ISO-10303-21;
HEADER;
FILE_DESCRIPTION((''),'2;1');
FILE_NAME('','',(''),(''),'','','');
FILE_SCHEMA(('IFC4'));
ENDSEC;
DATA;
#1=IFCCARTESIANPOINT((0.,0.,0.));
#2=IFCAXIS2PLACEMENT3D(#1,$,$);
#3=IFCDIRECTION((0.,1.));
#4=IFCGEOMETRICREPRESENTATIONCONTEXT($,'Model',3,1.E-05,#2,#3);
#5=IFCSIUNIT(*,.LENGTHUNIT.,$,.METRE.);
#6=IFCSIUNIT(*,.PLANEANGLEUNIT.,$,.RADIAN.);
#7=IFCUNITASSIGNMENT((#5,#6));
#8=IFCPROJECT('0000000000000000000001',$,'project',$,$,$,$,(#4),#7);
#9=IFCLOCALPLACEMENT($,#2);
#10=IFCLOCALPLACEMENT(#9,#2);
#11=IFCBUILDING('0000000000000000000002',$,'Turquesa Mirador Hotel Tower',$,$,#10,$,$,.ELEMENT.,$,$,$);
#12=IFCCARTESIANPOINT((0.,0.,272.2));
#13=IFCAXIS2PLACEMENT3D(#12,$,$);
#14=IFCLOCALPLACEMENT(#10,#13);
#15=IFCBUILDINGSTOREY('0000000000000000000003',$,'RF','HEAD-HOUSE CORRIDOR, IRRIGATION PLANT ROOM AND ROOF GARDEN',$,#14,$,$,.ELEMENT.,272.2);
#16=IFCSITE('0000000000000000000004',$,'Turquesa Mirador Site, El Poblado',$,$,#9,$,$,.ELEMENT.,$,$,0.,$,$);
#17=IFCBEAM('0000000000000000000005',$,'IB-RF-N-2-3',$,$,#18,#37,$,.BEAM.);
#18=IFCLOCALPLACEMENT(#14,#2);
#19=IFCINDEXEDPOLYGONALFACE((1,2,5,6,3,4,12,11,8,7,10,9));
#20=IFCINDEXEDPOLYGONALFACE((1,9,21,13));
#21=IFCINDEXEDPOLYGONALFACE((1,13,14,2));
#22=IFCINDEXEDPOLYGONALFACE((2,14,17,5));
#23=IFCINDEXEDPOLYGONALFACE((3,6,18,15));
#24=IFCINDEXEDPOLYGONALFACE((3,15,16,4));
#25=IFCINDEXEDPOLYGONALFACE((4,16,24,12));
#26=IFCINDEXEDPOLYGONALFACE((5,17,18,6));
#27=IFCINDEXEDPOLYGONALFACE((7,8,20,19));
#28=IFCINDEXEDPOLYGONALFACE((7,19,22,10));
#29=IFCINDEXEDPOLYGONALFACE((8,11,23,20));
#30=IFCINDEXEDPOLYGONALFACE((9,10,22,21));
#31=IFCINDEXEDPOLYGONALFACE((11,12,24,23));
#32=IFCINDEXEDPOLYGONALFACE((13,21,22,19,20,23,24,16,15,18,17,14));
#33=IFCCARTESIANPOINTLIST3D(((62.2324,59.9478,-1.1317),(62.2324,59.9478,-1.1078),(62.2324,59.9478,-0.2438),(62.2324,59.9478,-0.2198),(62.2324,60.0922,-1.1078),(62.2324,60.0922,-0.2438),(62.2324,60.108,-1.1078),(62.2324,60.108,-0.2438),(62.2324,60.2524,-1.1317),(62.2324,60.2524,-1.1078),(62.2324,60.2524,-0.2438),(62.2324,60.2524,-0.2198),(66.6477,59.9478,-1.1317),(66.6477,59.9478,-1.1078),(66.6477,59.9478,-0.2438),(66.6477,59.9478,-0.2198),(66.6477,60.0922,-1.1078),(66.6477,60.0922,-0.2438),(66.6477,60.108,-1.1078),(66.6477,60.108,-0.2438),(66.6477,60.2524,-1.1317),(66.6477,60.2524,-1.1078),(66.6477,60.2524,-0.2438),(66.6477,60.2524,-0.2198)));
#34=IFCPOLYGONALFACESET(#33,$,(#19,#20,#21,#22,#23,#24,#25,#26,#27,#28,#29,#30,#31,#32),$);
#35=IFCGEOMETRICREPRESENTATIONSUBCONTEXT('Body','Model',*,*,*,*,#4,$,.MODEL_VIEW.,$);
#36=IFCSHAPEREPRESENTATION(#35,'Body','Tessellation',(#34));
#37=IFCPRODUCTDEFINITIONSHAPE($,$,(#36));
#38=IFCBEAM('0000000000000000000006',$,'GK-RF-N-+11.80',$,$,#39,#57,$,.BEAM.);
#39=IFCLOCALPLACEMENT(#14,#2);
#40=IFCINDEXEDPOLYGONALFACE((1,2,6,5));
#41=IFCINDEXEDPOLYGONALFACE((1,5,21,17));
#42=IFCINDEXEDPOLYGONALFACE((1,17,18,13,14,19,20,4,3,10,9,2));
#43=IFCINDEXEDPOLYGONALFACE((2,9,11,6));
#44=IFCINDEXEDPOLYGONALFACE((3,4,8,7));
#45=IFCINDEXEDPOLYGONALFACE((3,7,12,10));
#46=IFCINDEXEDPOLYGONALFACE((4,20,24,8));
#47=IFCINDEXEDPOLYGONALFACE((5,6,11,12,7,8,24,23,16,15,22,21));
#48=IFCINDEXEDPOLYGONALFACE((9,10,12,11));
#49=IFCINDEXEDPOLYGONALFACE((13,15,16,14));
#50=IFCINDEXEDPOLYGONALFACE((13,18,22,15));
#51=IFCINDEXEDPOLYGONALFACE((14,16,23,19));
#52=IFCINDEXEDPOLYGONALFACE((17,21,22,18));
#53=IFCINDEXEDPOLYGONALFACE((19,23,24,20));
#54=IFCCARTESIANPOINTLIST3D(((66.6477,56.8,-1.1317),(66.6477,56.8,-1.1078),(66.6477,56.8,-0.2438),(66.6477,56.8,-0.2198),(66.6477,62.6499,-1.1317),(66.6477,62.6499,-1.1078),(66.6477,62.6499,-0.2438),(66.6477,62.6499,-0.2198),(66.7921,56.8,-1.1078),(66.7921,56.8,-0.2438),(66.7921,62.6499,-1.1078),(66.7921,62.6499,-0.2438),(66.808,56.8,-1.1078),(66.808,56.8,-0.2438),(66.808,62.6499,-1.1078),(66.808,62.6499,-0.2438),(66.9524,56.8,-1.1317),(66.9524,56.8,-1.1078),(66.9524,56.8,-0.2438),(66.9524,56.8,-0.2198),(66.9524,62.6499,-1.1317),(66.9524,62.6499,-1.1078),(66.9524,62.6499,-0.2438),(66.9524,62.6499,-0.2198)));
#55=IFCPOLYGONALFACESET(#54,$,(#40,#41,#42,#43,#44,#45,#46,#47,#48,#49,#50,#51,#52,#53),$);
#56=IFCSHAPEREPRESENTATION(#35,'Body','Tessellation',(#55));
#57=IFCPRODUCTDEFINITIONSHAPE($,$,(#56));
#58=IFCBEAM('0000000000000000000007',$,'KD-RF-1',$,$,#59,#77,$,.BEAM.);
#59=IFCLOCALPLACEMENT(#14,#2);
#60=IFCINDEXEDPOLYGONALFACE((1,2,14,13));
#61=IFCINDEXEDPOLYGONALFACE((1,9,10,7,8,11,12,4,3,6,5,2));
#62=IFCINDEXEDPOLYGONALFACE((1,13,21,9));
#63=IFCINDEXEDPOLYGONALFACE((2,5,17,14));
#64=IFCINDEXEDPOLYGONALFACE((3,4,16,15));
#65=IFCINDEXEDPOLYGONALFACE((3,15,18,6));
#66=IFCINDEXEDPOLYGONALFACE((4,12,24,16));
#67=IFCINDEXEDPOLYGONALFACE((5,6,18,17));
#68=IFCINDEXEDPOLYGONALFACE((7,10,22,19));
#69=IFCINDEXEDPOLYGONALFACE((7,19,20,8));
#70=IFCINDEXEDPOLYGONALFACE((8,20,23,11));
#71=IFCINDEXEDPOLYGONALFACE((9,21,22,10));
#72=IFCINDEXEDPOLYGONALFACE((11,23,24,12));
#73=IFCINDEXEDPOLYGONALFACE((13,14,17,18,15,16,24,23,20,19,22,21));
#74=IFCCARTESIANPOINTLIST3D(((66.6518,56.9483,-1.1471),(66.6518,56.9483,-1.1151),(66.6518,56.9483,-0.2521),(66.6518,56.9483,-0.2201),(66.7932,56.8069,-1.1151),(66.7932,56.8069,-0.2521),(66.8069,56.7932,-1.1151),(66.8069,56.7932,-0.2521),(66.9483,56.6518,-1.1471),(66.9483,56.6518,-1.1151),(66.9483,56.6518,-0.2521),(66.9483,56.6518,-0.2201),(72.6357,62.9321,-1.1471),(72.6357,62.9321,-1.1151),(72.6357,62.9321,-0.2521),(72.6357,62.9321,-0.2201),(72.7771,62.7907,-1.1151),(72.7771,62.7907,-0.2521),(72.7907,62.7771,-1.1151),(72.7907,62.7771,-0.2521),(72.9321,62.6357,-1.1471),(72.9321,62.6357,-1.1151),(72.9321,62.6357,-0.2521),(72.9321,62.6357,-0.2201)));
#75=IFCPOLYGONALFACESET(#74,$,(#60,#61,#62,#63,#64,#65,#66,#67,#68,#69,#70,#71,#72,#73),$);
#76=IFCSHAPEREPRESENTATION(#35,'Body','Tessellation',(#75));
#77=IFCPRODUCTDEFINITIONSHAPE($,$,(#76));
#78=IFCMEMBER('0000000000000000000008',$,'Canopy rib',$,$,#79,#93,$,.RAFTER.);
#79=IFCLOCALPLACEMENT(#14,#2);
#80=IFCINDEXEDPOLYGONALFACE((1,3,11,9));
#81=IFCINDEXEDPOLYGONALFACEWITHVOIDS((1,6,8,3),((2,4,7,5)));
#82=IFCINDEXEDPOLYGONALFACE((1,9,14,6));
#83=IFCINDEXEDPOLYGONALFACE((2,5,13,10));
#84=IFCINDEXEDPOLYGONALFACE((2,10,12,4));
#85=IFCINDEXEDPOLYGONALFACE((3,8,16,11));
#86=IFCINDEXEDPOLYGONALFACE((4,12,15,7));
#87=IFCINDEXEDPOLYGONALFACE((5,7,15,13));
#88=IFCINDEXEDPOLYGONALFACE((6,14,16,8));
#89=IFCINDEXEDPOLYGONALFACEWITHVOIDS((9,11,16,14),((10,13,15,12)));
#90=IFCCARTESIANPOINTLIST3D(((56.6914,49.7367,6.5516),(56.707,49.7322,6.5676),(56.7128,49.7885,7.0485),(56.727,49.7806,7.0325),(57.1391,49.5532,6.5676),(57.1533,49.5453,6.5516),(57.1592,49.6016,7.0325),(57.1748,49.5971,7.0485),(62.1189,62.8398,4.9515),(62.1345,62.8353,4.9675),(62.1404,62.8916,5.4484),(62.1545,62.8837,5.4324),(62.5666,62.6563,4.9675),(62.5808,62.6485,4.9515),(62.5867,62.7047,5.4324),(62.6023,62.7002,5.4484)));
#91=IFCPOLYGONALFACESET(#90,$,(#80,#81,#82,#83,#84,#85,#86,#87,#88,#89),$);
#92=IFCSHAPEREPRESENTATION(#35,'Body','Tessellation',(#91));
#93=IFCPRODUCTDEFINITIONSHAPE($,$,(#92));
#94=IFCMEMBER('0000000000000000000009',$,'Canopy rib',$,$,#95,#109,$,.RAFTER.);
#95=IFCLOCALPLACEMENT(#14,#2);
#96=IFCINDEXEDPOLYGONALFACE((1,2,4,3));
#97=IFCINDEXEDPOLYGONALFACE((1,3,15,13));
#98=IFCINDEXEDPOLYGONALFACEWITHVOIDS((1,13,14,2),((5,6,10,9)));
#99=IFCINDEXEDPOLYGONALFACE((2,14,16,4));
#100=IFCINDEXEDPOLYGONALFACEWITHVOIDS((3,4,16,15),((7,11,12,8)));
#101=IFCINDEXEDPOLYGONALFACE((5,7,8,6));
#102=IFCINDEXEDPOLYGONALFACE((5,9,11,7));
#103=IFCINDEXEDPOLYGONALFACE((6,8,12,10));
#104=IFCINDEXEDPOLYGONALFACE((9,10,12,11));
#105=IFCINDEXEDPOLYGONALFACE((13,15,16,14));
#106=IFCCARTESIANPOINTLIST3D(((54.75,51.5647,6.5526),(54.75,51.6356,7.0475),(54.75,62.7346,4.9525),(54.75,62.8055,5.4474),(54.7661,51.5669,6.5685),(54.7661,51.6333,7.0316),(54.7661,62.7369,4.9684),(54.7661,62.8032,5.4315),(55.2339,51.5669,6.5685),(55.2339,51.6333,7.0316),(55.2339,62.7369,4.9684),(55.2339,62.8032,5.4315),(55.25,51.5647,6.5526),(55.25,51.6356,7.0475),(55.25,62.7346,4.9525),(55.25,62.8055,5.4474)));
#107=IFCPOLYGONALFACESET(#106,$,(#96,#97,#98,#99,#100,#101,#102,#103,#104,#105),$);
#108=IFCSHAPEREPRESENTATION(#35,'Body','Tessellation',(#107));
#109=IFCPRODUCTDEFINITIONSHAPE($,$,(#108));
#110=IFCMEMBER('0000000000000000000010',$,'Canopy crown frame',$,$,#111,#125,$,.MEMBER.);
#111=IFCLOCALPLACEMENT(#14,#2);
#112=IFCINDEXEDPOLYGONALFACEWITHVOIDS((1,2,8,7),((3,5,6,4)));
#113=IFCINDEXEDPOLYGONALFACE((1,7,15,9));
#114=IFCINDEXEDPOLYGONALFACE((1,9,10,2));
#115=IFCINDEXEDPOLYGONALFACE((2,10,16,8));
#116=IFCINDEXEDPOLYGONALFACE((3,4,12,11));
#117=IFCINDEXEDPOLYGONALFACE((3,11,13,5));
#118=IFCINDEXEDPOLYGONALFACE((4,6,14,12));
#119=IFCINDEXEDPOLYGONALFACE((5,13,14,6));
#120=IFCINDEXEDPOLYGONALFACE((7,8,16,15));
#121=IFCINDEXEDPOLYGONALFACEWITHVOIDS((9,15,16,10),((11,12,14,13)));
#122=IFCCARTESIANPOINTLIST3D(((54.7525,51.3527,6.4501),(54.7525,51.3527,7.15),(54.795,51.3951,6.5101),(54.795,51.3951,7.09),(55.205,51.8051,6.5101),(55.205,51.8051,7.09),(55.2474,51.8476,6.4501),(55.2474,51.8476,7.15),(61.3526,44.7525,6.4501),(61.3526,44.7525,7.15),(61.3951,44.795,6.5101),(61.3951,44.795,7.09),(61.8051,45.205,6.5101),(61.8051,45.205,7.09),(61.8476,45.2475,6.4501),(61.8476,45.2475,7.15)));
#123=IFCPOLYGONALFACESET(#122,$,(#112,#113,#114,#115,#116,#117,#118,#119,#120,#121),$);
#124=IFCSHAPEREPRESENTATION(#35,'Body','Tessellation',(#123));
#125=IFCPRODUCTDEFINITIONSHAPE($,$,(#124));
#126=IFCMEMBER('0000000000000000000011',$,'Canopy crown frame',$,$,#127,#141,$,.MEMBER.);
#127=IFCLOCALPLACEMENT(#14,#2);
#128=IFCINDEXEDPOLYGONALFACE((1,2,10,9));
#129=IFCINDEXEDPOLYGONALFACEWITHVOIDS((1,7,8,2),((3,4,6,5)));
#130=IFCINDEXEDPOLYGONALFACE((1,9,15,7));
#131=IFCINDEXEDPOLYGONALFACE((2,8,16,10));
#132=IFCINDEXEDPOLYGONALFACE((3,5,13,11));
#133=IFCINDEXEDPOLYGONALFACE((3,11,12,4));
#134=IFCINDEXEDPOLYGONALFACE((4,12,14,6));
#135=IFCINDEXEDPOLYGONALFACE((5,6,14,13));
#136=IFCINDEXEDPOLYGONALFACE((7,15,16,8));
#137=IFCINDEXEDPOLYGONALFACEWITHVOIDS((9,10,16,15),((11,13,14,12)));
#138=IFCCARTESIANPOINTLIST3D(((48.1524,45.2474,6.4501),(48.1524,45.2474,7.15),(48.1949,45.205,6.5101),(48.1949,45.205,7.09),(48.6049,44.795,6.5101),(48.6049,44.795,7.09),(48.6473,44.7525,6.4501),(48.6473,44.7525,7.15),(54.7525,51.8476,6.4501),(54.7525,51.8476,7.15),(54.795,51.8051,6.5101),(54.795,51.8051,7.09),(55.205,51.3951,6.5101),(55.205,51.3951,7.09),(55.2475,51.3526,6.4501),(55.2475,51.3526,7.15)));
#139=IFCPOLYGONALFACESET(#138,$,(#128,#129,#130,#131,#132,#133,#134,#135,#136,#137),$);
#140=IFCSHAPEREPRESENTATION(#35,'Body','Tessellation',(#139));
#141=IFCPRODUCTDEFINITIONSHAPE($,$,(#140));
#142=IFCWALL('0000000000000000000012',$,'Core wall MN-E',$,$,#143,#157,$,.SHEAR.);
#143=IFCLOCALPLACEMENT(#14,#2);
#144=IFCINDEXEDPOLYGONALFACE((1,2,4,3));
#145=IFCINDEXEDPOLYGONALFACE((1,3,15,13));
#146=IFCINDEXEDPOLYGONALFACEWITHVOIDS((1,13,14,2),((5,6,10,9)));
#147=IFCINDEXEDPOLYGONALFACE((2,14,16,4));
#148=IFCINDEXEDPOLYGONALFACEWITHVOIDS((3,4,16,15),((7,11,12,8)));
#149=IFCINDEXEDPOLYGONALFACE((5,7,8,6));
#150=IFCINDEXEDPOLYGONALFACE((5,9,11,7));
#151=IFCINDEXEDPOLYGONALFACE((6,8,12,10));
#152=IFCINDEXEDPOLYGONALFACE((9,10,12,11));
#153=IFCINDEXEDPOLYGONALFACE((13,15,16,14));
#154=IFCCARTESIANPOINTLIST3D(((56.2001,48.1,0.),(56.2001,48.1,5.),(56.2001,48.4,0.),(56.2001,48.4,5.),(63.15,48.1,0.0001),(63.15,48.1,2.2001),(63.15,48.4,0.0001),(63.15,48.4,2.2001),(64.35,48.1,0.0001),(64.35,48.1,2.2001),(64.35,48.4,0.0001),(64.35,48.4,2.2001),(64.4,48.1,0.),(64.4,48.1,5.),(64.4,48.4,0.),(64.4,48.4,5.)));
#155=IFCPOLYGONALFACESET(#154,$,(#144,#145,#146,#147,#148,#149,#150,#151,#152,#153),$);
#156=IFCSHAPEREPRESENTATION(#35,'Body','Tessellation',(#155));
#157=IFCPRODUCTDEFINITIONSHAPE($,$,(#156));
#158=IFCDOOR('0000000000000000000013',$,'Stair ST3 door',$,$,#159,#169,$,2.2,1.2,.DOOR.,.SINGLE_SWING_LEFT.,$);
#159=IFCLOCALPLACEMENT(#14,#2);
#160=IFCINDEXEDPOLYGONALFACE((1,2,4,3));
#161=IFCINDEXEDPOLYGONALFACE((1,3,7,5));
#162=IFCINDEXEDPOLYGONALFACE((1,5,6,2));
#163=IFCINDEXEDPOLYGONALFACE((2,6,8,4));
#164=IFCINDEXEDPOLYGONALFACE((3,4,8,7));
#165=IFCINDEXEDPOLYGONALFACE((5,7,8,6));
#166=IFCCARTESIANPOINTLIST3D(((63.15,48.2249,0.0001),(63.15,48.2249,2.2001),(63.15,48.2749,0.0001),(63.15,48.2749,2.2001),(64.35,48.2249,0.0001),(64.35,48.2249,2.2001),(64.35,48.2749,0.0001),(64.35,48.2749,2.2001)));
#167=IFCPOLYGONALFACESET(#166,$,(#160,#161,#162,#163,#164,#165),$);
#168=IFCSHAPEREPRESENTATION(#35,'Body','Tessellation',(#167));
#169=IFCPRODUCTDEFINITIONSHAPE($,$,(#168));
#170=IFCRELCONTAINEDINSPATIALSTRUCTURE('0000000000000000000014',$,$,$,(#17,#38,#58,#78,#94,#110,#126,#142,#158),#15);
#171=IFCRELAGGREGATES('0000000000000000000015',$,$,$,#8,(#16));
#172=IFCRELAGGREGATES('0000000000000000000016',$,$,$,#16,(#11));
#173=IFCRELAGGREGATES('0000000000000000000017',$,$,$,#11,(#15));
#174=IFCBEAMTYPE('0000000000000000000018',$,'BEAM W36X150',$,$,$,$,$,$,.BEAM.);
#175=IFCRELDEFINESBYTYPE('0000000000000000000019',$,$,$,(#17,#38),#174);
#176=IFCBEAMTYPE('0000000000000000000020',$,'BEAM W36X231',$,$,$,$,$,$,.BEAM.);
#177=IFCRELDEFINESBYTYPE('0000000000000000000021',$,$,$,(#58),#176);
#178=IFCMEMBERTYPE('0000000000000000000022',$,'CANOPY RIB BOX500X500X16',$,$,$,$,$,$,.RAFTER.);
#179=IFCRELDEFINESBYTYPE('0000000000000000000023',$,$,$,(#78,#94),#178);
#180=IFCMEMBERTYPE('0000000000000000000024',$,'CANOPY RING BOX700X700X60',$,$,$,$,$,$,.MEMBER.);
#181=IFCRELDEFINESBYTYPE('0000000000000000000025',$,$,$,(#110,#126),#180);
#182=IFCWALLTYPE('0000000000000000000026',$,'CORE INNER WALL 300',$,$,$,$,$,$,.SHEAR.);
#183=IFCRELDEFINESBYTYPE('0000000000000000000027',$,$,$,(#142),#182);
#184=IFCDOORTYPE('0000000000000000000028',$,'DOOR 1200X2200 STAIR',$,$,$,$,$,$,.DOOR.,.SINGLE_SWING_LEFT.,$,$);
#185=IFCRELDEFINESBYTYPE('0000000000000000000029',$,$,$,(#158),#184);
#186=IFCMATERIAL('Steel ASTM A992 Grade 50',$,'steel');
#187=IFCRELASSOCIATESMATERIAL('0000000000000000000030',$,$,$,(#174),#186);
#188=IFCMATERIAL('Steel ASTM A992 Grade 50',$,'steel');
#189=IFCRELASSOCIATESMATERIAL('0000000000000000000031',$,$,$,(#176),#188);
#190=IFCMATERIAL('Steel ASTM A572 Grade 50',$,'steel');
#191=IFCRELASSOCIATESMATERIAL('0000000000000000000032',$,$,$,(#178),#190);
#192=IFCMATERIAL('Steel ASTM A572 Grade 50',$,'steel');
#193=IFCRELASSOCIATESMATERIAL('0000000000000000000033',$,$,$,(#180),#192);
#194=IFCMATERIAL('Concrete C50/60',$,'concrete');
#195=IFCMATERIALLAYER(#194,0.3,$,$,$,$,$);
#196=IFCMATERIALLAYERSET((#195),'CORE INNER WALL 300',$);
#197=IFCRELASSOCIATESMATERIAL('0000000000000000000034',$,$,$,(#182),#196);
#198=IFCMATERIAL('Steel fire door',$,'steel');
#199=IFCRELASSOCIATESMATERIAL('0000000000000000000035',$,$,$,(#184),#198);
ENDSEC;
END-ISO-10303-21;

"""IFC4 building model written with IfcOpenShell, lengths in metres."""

from ifc_helpers import new_model, si_unit, direction, frame, frame_2d, origin, origin_2d, place, context, subcontext, project, spatial, rectangle, hollow_rectangle, i_section, extrude, material, layer, layer_set, material_profile, profile_set, type_object, element, fill, save


model = new_model("IFC4")

# Units and contexts
model_context = context("Model", 3, precision=1e-05, world=origin(), true_north=direction((0.0, 1.0)))
body_context = subcontext(model_context, "Body", "Model", "MODEL_VIEW")
ifc_project = project(units=[si_unit("LENGTHUNIT", "METRE"), si_unit("PLANEANGLEUNIT", "RADIAN")], contexts=[model_context])

# Site, building, storey
site_placement = place(None, origin())
site = spatial("IfcSite", under=ifc_project, at=site_placement, Name="Turquesa Mirador Site, El Poblado", CompositionType="ELEMENT", RefElevation=0.0)
building_placement = place(site_placement, origin())
building = spatial("IfcBuilding", under=site, at=building_placement, Name="Turquesa Mirador Hotel Tower", CompositionType="ELEMENT")
storey_placement = place(building_placement, frame((0.0, 0.0, 272.2)))
storey = spatial("IfcBuildingStorey", under=building, at=storey_placement, Name="RF", Description="HEAD-HOUSE CORRIDOR, IRRIGATION PLANT ROOM AND ROOF GARDEN", CompositionType="ELEMENT", Elevation=272.2)

# Beams
ifc_material_1 = material(Name="Steel ASTM A992 Grade 50", Category="steel")
ifc_material_profile_1 = material_profile(ifc_material_1, i_section(OverallWidth=0.3047, OverallDepth=0.9119, WebThickness=0.0159, FlangeThickness=0.0239, at=origin_2d()), Name="W36X150")
ifc_profile_set_1 = profile_set([ifc_material_profile_1], Name="Steel ASTM A992 Grade 50")
beam_type_1 = type_object("IfcBeamType", Name="BEAM W36X150", PredefinedType="BEAM", material=ifc_profile_set_1)
beam_1_placement = place(storey_placement, frame((62.2324, 60.1001, -0.6758), z_axis=(1.0, 0.0, 0.0), x_axis=(0.0, 1.0, 0.0)))
element("IfcBeam", 1, at=beam_1_placement, inside=storey, type_object=beam_type_1, Name="IB-RF-N-2-3", PredefinedType="BEAM", context=body_context, shape_type="SweptSolid", body=[
    extrude(i_section(OverallWidth=0.3047, OverallDepth=0.9119, WebThickness=0.0159, FlangeThickness=0.0239, at=origin_2d()), origin(), (0.0, 0.0, 1.0), 4.4153),
])
beam_2_placement = place(storey_placement, frame((66.8, 62.6499, -0.6758), z_axis=(0.0, -1.0, 0.0), x_axis=(1.0, 0.0, 0.0)))
element("IfcBeam", 2, at=beam_2_placement, inside=storey, type_object=beam_type_1, Name="GK-RF-N-+11.80", PredefinedType="BEAM", context=body_context, shape_type="SweptSolid", body=[
    extrude(i_section(OverallWidth=0.3047, OverallDepth=0.9119, WebThickness=0.0159, FlangeThickness=0.0239, at=origin_2d()), origin(), (0.0, 0.0, 1.0), 5.8499),
])
ifc_material_2 = material(Name="Steel ASTM A992 Grade 50", Category="steel")
ifc_material_profile_2 = material_profile(ifc_material_2, i_section(OverallWidth=0.4192, OverallDepth=0.927, WebThickness=0.0193, FlangeThickness=0.032, at=origin_2d()), Name="W36X231")
ifc_profile_set_2 = profile_set([ifc_material_profile_2], Name="Steel ASTM A992 Grade 50")
beam_type_2 = type_object("IfcBeamType", Name="BEAM W36X231", PredefinedType="BEAM", material=ifc_profile_set_2)
beam_3_placement = place(storey_placement, frame((66.8, 56.8, -0.6836), z_axis=(0.707107, 0.707107, 0.0), x_axis=(-0.707107, 0.707107, 0.0)))
element("IfcBeam", 3, at=beam_3_placement, inside=storey, type_object=beam_type_2, Name="KD-RF-1", PredefinedType="BEAM", context=body_context, shape_type="SweptSolid", body=[
    extrude(i_section(OverallWidth=0.4192, OverallDepth=0.927, WebThickness=0.0193, FlangeThickness=0.032, at=origin_2d()), origin(), (0.0, 0.0, 1.0), 8.4624),
])

# Members
ifc_material_3 = material(Name="Steel ASTM A572 Grade 50", Category="steel")
ifc_material_profile_3 = material_profile(ifc_material_3, hollow_rectangle(XDim=0.5, YDim=0.5, WallThickness=0.0161, at=origin_2d()), Name="BOX500X500X16")
ifc_profile_set_3 = profile_set([ifc_material_profile_3], Name="Steel ASTM A572 Grade 50")
member_type_1 = type_object("IfcMemberType", Name="CANOPY RIB BOX500X500X16", PredefinedType="RAFTER", material=ifc_profile_set_3)
member_1_placement = place(storey_placement, frame((62.3606, 62.77, 5.2), z_axis=(-0.380273, -0.918054, 0.11211), x_axis=(0.923879, -0.382686, 0.0)))
element("IfcMember", 4, at=member_1_placement, inside=storey, type_object=member_type_1, Name="Canopy rib", PredefinedType="RAFTER", context=body_context, shape_type="SweptSolid", body=[
    extrude(hollow_rectangle(XDim=0.5, YDim=0.5, WallThickness=0.0161, at=origin_2d()), origin(), (0.0, 0.0, 1.0), 14.2727),
])
member_2_placement = place(storey_placement, frame((55.0, 62.77, 5.2), z_axis=(0.0, -0.989895, 0.141803), x_axis=(1.0, 0.0, 0.0)))
element("IfcMember", 5, at=member_2_placement, inside=storey, type_object=member_type_1, Name="Canopy rib", PredefinedType="RAFTER", context=body_context, shape_type="SweptSolid", body=[
    extrude(hollow_rectangle(XDim=0.5, YDim=0.5, WallThickness=0.0161, at=origin_2d()), origin(), (0.0, 0.0, 1.0), 11.2839),
])
ifc_material_4 = material(Name="Steel ASTM A572 Grade 50", Category="steel")
ifc_material_profile_4 = material_profile(ifc_material_4, hollow_rectangle(XDim=0.7, YDim=0.7, WallThickness=0.0601, at=origin_2d()), Name="BOX700X700X60")
ifc_profile_set_4 = profile_set([ifc_material_profile_4], Name="Steel ASTM A572 Grade 50")
member_type_2 = type_object("IfcMemberType", Name="CANOPY RING BOX700X700X60", PredefinedType="MEMBER", material=ifc_profile_set_4)
for number, where, z_axis, x_axis, name in (
    (6, (61.6001, 45.0, 6.8), (-0.707107, 0.707107, 0.0), (-0.707107, -0.707107, 0.0), "Canopy crown frame"),
    (7, (55.0, 51.6001, 6.8), (-0.707107, -0.707107, 0.0), (0.707107, -0.707107, 0.0), "Canopy crown frame"),
):
    element("IfcMember", number, at=place(storey_placement, frame(where, z_axis=z_axis, x_axis=x_axis)), inside=storey, type_object=member_type_2, Name=name, PredefinedType="MEMBER", context=body_context, shape_type="SweptSolid", body=[
        extrude(hollow_rectangle(XDim=0.7, YDim=0.7, WallThickness=0.0601, at=origin_2d()), origin(), (0.0, 0.0, 1.0), 9.334),
    ])

# Wall, opening, door
ifc_material_5 = material(Name="Concrete C50/60", Category="concrete")
ifc_layer_1 = layer(ifc_material_5, 0.3)
ifc_layer_set_1 = layer_set([ifc_layer_1], Name="CORE INNER WALL 300")
wall_type_1 = type_object("IfcWallType", Name="CORE INNER WALL 300", PredefinedType="SHEAR", material=ifc_layer_set_1)
wall_1_placement = place(storey_placement, frame((56.2, 48.25, 0.0), z_axis=(0.0, 0.0, 1.0), x_axis=(1.0, 0.0, 0.0)))
wall_1 = element("IfcWall", 8, at=wall_1_placement, inside=storey, type_object=wall_type_1, Name="Core wall MN-E", PredefinedType="SHEAR", context=body_context, shape_type="SweptSolid", body=[
    extrude(rectangle(XDim=8.2, YDim=0.3, at=frame_2d((4.1001, 0.0))), origin(), (0.0, 0.0, 1.0), 5.0),
])
opening_placement = place(wall_1_placement, frame((6.95, 0.0, 0.0)))
opening = element("IfcOpeningElement", 9, at=opening_placement, cuts=wall_1, PredefinedType="OPENING", context=body_context, shape_type="SweptSolid", body=[
    extrude(rectangle(XDim=1.2, YDim=2.2, at=frame_2d((0.6001, 1.1001))), frame((0.0, 0.1599, 0.0), z_axis=(0.0, -1.0, 0.0), x_axis=(1.0, 0.0, 0.0)), (0.0, 0.0, 1.0), 0.3201),
])
ifc_material_6 = material(Name="Steel fire door", Category="steel")
door_type = type_object("IfcDoorType", Name="DOOR 1200X2200 STAIR", OperationType="SINGLE_SWING_LEFT", PredefinedType="DOOR", material=ifc_material_6)
door_placement = place(opening_placement, origin())
door = element("IfcDoor", 10, at=door_placement, inside=storey, type_object=door_type, Name="Stair ST3 door", OperationType="SINGLE_SWING_LEFT", OverallHeight=2.2, OverallWidth=1.2, PredefinedType="DOOR", context=body_context, shape_type="SweptSolid", body=[
    extrude(rectangle(XDim=1.2, YDim=2.2, at=frame_2d((0.6001, 1.1001))), frame((0.0, 0.0249, 0.0), z_axis=(0.0, -1.0, 0.0), x_axis=(1.0, 0.0, 0.0)), (0.0, 0.0, 1.0), 0.05),
])
fill(opening, door)

save(model, "model.ifc")
